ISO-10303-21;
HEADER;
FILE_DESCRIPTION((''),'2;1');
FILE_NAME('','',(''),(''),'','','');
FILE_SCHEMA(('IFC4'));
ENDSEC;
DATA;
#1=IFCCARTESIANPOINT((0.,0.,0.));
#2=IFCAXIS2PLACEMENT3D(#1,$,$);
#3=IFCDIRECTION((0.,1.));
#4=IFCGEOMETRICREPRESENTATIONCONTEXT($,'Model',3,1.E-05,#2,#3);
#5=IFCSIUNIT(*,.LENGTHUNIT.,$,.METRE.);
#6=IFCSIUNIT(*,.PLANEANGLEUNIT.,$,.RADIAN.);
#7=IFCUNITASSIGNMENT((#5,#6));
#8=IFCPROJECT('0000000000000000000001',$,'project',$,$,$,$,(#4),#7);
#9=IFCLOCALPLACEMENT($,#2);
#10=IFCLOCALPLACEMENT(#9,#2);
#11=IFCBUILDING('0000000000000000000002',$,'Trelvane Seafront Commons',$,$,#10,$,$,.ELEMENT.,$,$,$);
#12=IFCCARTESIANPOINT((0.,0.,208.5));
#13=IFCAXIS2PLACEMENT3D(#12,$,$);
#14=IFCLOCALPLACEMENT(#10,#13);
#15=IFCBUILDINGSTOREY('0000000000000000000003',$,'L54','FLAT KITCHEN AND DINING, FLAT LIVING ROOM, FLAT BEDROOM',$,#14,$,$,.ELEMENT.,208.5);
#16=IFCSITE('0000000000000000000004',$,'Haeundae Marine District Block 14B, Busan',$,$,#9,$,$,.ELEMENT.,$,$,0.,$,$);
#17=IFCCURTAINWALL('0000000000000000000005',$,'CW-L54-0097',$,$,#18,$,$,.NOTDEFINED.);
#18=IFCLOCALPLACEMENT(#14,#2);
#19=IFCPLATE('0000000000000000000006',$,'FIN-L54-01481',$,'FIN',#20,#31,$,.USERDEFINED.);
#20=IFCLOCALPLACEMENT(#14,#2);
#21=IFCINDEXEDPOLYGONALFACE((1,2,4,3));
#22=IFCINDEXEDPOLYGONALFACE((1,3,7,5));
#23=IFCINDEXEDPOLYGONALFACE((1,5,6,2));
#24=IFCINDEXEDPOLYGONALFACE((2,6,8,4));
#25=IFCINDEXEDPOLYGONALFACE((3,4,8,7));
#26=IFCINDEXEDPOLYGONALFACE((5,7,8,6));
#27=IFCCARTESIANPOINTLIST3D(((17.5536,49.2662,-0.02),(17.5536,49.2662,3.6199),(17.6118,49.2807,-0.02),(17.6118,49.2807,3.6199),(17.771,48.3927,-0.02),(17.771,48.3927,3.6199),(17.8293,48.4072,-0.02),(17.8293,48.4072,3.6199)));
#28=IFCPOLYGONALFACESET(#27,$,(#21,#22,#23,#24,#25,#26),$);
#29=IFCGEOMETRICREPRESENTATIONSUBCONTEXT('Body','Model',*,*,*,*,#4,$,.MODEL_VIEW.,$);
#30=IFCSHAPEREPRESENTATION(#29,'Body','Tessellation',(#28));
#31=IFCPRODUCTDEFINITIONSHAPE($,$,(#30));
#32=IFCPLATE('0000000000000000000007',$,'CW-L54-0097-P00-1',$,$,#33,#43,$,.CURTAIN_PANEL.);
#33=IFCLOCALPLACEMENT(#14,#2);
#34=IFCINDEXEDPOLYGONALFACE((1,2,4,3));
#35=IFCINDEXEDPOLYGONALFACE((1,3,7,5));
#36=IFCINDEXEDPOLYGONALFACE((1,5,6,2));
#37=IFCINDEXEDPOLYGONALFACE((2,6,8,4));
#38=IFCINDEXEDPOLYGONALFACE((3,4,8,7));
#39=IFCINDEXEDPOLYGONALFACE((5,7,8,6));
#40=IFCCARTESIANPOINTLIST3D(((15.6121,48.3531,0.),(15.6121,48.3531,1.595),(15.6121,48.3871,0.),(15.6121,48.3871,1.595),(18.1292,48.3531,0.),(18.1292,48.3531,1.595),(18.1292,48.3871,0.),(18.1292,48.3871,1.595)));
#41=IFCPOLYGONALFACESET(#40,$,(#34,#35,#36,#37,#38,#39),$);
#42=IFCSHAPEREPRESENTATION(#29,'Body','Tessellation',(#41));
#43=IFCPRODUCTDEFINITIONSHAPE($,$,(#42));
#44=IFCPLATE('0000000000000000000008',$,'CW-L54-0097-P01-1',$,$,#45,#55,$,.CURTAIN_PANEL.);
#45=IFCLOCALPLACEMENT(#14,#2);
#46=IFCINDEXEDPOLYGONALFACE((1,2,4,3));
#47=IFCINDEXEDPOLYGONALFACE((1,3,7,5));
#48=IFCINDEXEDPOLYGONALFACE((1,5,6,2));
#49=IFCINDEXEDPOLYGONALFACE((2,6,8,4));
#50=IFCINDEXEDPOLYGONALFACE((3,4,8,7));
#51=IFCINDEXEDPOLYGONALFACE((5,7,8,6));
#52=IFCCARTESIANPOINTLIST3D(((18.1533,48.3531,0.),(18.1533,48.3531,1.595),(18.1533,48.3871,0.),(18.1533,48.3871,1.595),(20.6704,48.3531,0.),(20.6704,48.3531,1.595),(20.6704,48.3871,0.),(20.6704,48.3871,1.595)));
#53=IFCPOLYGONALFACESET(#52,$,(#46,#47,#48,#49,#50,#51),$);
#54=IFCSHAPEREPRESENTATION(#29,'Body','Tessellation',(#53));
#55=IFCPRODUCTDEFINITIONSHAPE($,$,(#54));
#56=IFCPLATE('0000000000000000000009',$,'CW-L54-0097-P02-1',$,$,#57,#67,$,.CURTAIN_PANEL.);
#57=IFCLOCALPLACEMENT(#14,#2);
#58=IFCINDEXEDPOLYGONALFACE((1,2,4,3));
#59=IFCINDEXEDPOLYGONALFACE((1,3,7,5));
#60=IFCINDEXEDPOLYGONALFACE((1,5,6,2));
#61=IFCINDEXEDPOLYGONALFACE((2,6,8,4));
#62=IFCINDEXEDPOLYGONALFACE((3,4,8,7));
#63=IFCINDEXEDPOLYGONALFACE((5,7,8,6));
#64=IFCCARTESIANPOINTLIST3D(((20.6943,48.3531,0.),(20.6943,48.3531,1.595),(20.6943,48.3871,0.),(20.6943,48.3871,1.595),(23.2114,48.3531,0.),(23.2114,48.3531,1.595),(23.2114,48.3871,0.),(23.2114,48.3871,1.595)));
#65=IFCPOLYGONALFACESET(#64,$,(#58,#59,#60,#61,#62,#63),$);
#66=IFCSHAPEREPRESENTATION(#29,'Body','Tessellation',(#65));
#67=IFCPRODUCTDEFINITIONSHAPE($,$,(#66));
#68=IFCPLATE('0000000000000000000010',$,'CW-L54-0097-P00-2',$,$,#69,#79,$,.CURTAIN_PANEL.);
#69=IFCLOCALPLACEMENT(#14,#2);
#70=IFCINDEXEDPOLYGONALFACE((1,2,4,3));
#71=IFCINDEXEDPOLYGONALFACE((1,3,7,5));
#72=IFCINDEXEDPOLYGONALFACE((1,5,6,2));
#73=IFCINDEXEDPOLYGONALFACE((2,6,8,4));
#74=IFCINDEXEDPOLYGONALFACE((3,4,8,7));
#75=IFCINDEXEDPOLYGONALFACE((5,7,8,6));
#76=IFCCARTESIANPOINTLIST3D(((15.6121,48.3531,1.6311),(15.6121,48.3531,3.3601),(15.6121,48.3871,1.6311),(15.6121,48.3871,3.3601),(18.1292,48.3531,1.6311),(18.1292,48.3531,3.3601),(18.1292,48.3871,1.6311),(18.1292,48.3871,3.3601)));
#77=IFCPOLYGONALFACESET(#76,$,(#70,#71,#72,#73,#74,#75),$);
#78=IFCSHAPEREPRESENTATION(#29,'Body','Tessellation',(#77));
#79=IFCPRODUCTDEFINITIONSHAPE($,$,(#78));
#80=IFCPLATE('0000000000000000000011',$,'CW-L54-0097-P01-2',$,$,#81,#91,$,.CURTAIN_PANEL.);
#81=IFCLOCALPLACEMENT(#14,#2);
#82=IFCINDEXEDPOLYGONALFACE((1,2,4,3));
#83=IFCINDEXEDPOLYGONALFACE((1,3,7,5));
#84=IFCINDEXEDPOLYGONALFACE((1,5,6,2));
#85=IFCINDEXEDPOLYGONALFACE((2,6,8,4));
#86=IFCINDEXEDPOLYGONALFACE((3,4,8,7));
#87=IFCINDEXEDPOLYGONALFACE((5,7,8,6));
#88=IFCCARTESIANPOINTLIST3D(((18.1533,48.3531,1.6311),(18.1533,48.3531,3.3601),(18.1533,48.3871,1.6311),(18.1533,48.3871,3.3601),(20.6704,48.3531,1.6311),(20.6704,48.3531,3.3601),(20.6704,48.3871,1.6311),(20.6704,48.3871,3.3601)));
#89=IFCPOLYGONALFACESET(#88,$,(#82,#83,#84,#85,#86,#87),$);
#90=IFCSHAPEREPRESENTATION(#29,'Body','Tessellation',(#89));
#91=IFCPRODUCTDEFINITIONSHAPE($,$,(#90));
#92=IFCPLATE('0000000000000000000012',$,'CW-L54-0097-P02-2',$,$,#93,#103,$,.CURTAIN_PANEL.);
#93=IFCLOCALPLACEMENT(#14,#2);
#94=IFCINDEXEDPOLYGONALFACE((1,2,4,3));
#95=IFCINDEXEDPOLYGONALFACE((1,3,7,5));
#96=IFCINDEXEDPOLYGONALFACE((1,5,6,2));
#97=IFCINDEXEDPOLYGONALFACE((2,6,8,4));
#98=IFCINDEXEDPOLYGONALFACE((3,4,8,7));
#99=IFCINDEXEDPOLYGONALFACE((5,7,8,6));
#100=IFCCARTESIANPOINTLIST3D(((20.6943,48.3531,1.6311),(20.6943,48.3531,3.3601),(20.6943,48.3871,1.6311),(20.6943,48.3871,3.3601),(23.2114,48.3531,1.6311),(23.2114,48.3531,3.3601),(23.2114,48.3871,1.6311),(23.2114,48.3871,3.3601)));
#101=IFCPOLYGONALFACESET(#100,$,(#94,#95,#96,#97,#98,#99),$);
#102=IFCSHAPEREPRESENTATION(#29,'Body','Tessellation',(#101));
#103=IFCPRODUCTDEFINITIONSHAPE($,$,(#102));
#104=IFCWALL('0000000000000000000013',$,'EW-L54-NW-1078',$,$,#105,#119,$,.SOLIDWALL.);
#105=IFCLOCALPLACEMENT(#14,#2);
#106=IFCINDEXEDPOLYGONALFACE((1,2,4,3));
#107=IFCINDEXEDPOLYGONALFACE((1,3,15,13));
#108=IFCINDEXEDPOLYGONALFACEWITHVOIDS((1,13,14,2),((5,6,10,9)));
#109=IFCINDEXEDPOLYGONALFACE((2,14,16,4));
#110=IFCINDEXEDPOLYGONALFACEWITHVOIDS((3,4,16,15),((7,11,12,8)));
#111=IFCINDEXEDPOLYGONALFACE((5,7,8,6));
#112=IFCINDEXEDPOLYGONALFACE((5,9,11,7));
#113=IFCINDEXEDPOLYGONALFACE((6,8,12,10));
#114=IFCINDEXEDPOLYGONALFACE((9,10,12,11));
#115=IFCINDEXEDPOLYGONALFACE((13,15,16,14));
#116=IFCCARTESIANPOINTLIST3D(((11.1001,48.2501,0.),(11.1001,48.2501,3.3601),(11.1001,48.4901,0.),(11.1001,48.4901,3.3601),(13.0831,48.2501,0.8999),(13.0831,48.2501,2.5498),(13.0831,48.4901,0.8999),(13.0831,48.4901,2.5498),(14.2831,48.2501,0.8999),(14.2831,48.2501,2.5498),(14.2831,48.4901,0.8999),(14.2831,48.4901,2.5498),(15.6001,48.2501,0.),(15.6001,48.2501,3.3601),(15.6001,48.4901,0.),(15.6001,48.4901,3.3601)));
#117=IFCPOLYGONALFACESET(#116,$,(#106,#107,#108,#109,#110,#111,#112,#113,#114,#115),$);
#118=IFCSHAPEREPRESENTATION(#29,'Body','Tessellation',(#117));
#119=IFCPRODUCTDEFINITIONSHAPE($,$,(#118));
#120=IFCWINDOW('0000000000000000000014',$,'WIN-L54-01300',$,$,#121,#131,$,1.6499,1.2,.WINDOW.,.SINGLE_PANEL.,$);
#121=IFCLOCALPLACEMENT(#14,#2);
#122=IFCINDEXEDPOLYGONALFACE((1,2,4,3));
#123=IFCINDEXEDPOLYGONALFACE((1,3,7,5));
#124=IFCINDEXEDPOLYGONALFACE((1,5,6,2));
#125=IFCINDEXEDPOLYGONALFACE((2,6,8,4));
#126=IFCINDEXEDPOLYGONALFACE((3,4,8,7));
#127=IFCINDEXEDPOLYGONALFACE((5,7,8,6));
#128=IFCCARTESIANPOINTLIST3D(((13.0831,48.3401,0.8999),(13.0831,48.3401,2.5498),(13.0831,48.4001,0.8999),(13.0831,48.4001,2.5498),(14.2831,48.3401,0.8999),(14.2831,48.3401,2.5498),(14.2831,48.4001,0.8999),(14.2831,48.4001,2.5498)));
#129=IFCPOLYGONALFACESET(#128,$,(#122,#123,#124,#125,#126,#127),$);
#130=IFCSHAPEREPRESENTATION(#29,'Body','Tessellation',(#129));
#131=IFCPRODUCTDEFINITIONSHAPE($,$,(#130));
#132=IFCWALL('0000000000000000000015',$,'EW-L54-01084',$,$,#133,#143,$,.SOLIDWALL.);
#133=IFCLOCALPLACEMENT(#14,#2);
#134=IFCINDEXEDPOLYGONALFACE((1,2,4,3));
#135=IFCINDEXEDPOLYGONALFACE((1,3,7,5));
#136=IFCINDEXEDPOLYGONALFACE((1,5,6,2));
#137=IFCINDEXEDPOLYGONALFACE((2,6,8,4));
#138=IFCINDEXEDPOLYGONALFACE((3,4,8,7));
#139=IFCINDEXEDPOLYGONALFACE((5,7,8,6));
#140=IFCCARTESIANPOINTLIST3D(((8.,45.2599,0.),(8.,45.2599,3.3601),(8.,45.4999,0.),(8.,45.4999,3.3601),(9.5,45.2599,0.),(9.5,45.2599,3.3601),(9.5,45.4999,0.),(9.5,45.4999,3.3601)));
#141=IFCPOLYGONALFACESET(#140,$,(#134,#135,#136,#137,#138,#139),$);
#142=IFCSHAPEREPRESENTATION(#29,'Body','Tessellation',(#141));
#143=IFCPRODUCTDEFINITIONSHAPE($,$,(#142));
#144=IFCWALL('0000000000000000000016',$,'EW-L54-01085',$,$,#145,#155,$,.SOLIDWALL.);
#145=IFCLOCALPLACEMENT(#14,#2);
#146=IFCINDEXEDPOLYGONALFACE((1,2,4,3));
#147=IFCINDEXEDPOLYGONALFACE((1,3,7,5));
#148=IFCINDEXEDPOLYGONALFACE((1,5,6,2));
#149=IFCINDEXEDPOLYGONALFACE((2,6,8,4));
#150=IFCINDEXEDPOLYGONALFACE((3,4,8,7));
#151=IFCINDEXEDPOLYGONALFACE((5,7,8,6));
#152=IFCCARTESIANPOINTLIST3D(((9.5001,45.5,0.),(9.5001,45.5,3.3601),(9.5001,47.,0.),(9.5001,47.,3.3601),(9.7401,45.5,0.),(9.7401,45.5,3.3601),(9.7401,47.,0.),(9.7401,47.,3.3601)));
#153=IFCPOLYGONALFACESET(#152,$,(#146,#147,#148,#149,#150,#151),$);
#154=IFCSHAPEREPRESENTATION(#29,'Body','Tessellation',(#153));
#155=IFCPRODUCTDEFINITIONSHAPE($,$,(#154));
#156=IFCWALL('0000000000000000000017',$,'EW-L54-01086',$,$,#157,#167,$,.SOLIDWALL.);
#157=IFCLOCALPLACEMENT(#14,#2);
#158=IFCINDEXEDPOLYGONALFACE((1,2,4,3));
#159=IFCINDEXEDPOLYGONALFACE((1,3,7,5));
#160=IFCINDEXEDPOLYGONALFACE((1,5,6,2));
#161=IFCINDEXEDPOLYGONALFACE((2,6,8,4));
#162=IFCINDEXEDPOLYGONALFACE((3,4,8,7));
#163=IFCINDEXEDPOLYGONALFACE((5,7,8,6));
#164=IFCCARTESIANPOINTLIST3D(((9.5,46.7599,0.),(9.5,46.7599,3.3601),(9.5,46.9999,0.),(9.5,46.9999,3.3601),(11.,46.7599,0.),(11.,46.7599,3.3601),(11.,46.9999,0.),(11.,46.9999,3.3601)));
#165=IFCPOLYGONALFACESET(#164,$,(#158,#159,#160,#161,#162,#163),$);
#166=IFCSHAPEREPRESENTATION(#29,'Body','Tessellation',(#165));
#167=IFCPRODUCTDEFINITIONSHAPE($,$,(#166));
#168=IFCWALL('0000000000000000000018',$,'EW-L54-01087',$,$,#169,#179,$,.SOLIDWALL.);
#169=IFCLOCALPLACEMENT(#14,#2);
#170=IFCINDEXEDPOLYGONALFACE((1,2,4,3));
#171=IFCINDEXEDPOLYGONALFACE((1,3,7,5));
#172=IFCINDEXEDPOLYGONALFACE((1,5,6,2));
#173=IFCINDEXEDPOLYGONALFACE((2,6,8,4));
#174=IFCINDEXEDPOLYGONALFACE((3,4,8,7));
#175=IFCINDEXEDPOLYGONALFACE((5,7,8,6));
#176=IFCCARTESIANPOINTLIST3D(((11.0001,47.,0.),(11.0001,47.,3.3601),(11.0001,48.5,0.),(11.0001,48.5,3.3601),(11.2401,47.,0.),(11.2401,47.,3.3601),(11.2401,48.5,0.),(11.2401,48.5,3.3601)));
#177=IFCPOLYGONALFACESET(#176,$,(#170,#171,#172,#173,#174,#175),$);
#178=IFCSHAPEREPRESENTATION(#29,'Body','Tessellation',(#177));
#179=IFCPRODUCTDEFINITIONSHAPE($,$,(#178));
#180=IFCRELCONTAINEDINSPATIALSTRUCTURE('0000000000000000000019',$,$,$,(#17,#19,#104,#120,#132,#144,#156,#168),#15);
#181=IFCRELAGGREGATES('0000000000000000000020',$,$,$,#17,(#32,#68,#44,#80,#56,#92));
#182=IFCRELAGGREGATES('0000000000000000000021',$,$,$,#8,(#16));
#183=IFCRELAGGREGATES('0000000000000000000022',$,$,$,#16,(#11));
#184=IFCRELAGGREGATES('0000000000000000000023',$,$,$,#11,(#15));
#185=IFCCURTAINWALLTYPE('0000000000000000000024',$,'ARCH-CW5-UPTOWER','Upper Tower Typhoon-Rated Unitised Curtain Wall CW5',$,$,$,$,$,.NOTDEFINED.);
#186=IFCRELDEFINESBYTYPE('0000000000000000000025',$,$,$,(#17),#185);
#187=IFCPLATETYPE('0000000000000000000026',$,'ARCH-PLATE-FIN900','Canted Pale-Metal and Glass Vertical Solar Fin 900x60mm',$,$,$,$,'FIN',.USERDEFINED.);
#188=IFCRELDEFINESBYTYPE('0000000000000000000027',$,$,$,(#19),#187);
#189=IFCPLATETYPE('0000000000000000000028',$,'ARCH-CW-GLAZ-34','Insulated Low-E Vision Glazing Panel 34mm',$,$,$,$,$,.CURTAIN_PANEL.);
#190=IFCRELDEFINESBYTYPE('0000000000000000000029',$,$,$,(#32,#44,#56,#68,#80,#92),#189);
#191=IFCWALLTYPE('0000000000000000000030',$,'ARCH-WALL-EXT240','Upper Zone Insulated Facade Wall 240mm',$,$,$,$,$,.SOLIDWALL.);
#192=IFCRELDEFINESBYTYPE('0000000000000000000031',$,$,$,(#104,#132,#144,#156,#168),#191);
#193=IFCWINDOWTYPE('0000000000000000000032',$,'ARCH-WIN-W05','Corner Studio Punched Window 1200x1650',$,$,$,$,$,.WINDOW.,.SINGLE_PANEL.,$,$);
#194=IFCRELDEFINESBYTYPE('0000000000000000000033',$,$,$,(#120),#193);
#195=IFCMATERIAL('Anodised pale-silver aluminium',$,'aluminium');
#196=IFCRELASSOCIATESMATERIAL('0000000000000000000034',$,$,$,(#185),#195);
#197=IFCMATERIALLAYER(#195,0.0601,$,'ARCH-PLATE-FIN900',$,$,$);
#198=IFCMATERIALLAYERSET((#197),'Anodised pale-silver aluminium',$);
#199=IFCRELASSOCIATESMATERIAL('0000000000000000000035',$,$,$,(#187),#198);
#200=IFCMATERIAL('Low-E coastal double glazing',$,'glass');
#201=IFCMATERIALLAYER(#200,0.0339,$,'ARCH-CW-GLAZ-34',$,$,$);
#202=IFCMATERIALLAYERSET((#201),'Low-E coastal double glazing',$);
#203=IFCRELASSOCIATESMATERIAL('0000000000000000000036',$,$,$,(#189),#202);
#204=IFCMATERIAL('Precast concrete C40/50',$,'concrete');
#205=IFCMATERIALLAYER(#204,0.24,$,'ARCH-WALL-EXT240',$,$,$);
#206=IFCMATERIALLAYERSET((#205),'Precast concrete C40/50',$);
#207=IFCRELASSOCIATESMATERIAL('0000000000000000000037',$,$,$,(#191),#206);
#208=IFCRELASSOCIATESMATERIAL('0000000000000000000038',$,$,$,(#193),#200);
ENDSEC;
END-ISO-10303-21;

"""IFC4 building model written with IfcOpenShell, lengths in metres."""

from ifc_helpers import new_model, si_unit, direction, frame, frame_2d, origin, origin_2d, place, context, subcontext, project, spatial, rectangle, extrude, source, transform, mapped, material, layer, layer_set, type_object, element, fill, aggregate, save


model = new_model("IFC4")

# Units and contexts
model_context = context("Model", 3, precision=1e-05, world=origin(), true_north=direction((0.0, 1.0)))
body_context = subcontext(model_context, "Body", "Model", "MODEL_VIEW")
ifc_project = project(units=[si_unit("LENGTHUNIT", "METRE"), si_unit("PLANEANGLEUNIT", "RADIAN")], contexts=[model_context])

# Site, building, storey
site_placement = place(None, origin())
site = spatial("IfcSite", under=ifc_project, at=site_placement, Name="Haeundae Marine District Block 14B, Busan", CompositionType="ELEMENT", RefElevation=0.0)
building_placement = place(site_placement, origin())
building = spatial("IfcBuilding", under=site, at=building_placement, Name="Trelvane Seafront Commons", CompositionType="ELEMENT")
storey_placement = place(building_placement, frame((0.0, 0.0, 208.5)))
storey = spatial("IfcBuildingStorey", under=building, at=storey_placement, Name="L54", Description="FLAT KITCHEN AND DINING, FLAT LIVING ROOM, FLAT BEDROOM", CompositionType="ELEMENT", Elevation=208.5)

# Curtain wall
ifc_material_1 = material(Name="Anodised pale-silver aluminium", Category="aluminium")
curtain_wall_type = type_object("IfcCurtainWallType", Name="ARCH-CW5-UPTOWER", Description="Upper Tower Typhoon-Rated Unitised Curtain Wall CW5", PredefinedType="NOTDEFINED", material=ifc_material_1)
curtain_wall_placement = place(storey_placement, origin())
curtain_wall = element("IfcCurtainWall", 1, at=curtain_wall_placement, inside=storey, type_object=curtain_wall_type, Name="CW-L54-0097", PredefinedType="NOTDEFINED")

# Plate
ifc_layer_1 = layer(ifc_material_1, 0.0601, Name="ARCH-PLATE-FIN900")
ifc_layer_set_1 = layer_set([ifc_layer_1], Name="Anodised pale-silver aluminium")
plate_type_1 = type_object("IfcPlateType", Name="ARCH-PLATE-FIN900", Description="Canted Pale-Metal and Glass Vertical Solar Fin 900x60mm", ElementType="FIN", PredefinedType="USERDEFINED", material=ifc_layer_set_1)
shared_shape_1 = source(origin(), body_context, "Body", "SweptSolid", [
    extrude(rectangle(XDim=0.9001, YDim=0.0601, at=origin_2d()), origin(), (0.0, 0.0, 1.0), 3.6399),
])
plate_1_placement = place(storey_placement, frame((17.6914, 48.8367, -0.02), z_axis=(0.0, 0.0, 1.0), x_axis=(-0.241543, 0.97039, 0.0)))
element("IfcPlate", 2, at=plate_1_placement, inside=storey, type_object=plate_type_1, Name="FIN-L54-01481", ObjectType="FIN", PredefinedType="USERDEFINED", context=body_context, shape_type="MappedRepresentation", body=[
    mapped(shared_shape_1, transform((0.0, 0.0, 0.0), x_axis=(1.0, 0.0, 0.0), y_axis=(0.0, 1.0, 0.0), z_axis=(0.0, 0.0, 1.0), scale=1.0)),
])

# Plates
ifc_material_2 = material(Name="Low-E coastal double glazing", Category="glass")
ifc_layer_2 = layer(ifc_material_2, 0.0339, Name="ARCH-CW-GLAZ-34")
ifc_layer_set_2 = layer_set([ifc_layer_2], Name="Low-E coastal double glazing")
plate_type_2 = type_object("IfcPlateType", Name="ARCH-CW-GLAZ-34", Description="Insulated Low-E Vision Glazing Panel 34mm", PredefinedType="CURTAIN_PANEL", material=ifc_layer_set_2)
shared_shape_2 = source(origin(), body_context, "Body", "SweptSolid", [
    extrude(rectangle(XDim=2.5171, YDim=0.0339, at=origin_2d()), origin(), (0.0, 0.0, 1.0), 1.595),
])
plate_2_placement = place(storey_placement, frame((16.8706, 48.3701, 0.0), z_axis=(0.0, 0.0, 1.0), x_axis=(1.0, 0.0, 0.0)))
plate_2 = element("IfcPlate", 3, at=plate_2_placement, type_object=plate_type_2, Name="CW-L54-0097-P00-1", PredefinedType="CURTAIN_PANEL", context=body_context, shape_type="MappedRepresentation", body=[
    mapped(shared_shape_2, transform((0.0, 0.0, 0.0), x_axis=(1.0, 0.0, 0.0), y_axis=(0.0, 1.0, 0.0), z_axis=(0.0, 0.0, 1.0), scale=1.0)),
])
plate_3_placement = place(storey_placement, frame((19.4119, 48.3701, 0.0), z_axis=(0.0, 0.0, 1.0), x_axis=(1.0, 0.0, 0.0)))
plate_3 = element("IfcPlate", 4, at=plate_3_placement, type_object=plate_type_2, Name="CW-L54-0097-P01-1", PredefinedType="CURTAIN_PANEL", context=body_context, shape_type="MappedRepresentation", body=[
    mapped(shared_shape_2, transform((0.0, 0.0, 0.0), x_axis=(1.0, 0.0, 0.0), y_axis=(0.0, 1.0, 0.0), z_axis=(0.0, 0.0, 1.0), scale=1.0)),
])
plate_4_placement = place(storey_placement, frame((21.9529, 48.3701, 0.0), z_axis=(0.0, 0.0, 1.0), x_axis=(1.0, 0.0, 0.0)))
plate_4 = element("IfcPlate", 5, at=plate_4_placement, type_object=plate_type_2, Name="CW-L54-0097-P02-1", PredefinedType="CURTAIN_PANEL", context=body_context, shape_type="MappedRepresentation", body=[
    mapped(shared_shape_2, transform((0.0, 0.0, 0.0), x_axis=(1.0, 0.0, 0.0), y_axis=(0.0, 1.0, 0.0), z_axis=(0.0, 0.0, 1.0), scale=1.0)),
])
shared_shape_3 = source(origin(), body_context, "Body", "SweptSolid", [
    extrude(rectangle(XDim=2.5171, YDim=0.0339, at=origin_2d()), origin(), (0.0, 0.0, 1.0), 1.729),
])
plate_5_placement = place(storey_placement, frame((16.8706, 48.3701, 1.6311), z_axis=(0.0, 0.0, 1.0), x_axis=(1.0, 0.0, 0.0)))
plate_5 = element("IfcPlate", 6, at=plate_5_placement, type_object=plate_type_2, Name="CW-L54-0097-P00-2", PredefinedType="CURTAIN_PANEL", context=body_context, shape_type="MappedRepresentation", body=[
    mapped(shared_shape_3, transform((0.0, 0.0, 0.0), x_axis=(1.0, 0.0, 0.0), y_axis=(0.0, 1.0, 0.0), z_axis=(0.0, 0.0, 1.0), scale=1.0)),
])
plate_6_placement = place(storey_placement, frame((19.4119, 48.3701, 1.6311), z_axis=(0.0, 0.0, 1.0), x_axis=(1.0, 0.0, 0.0)))
plate_6 = element("IfcPlate", 7, at=plate_6_placement, type_object=plate_type_2, Name="CW-L54-0097-P01-2", PredefinedType="CURTAIN_PANEL", context=body_context, shape_type="MappedRepresentation", body=[
    mapped(shared_shape_3, transform((0.0, 0.0, 0.0), x_axis=(1.0, 0.0, 0.0), y_axis=(0.0, 1.0, 0.0), z_axis=(0.0, 0.0, 1.0), scale=1.0)),
])
plate_7_placement = place(storey_placement, frame((21.9529, 48.3701, 1.6311), z_axis=(0.0, 0.0, 1.0), x_axis=(1.0, 0.0, 0.0)))
plate_7 = element("IfcPlate", 8, at=plate_7_placement, type_object=plate_type_2, Name="CW-L54-0097-P02-2", PredefinedType="CURTAIN_PANEL", context=body_context, shape_type="MappedRepresentation", body=[
    mapped(shared_shape_3, transform((0.0, 0.0, 0.0), x_axis=(1.0, 0.0, 0.0), y_axis=(0.0, 1.0, 0.0), z_axis=(0.0, 0.0, 1.0), scale=1.0)),
])
aggregate(curtain_wall, [plate_2, plate_5, plate_3, plate_6, plate_4, plate_7])

# Wall, opening, window
ifc_material_3 = material(Name="Precast concrete C40/50", Category="concrete")
ifc_layer_3 = layer(ifc_material_3, 0.24, Name="ARCH-WALL-EXT240")
ifc_layer_set_3 = layer_set([ifc_layer_3], Name="Precast concrete C40/50")
wall_type = type_object("IfcWallType", Name="ARCH-WALL-EXT240", Description="Upper Zone Insulated Facade Wall 240mm", PredefinedType="SOLIDWALL", material=ifc_layer_set_3)
wall_placement = place(storey_placement, frame((11.1001, 48.3701, 0.0), z_axis=(0.0, 0.0, 1.0), x_axis=(1.0, 0.0, 0.0)))
wall = element("IfcWall", 9, at=wall_placement, inside=storey, type_object=wall_type, Name="EW-L54-NW-1078", PredefinedType="SOLIDWALL", context=body_context, shape_type="SweptSolid", body=[
    extrude(rectangle(XDim=4.5, YDim=0.24, at=frame_2d((2.25, 0.0))), origin(), (0.0, 0.0, 1.0), 3.3601),
])
opening_placement = place(wall_placement, frame((1.9829, 0.0, 0.8999)))
opening = element("IfcOpeningElement", 10, at=opening_placement, cuts=wall, PredefinedType="OPENING", context=body_context, shape_type="SweptSolid", body=[
    extrude(rectangle(XDim=1.2, YDim=1.6499, at=frame_2d((0.6001, 0.825))), frame((0.0, 0.1299, 0.0), z_axis=(0.0, -1.0, 0.0), x_axis=(1.0, 0.0, 0.0)), (0.0, 0.0, 1.0), 0.26),
])
window_type = type_object("IfcWindowType", Name="ARCH-WIN-W05", Description="Corner Studio Punched Window 1200x1650", PartitioningType="SINGLE_PANEL", PredefinedType="WINDOW", material=ifc_material_2)
shared_shape_4 = source(origin(), body_context, "Body", "SweptSolid", [
    extrude(rectangle(XDim=1.2, YDim=1.6499, at=frame_2d((0.6001, 0.825))), frame((0.0, 0.03, 0.0), z_axis=(0.0, -1.0, 0.0), x_axis=(1.0, 0.0, 0.0)), (0.0, 0.0, 1.0), 0.0601),
])
window_placement = place(opening_placement, origin())
window = element("IfcWindow", 11, at=window_placement, inside=storey, type_object=window_type, Name="WIN-L54-01300", OverallHeight=1.6499, OverallWidth=1.2, PartitioningType="SINGLE_PANEL", PredefinedType="WINDOW", context=body_context, shape_type="MappedRepresentation", body=[
    mapped(shared_shape_4, transform((0.0, 0.0, 0.0), x_axis=(1.0, 0.0, 0.0), y_axis=(0.0, 1.0, 0.0), z_axis=(0.0, 0.0, 1.0), scale=1.0)),
])
fill(opening, window)

# Walls
for number, where, z_axis, x_axis, name in (
    (12, (8.0, 45.3799, 0.0), (0.0, 0.0, 1.0), (1.0, 0.0, 0.0), "EW-L54-01084"),
    (13, (9.6201, 45.5, 0.0), (0.0, 0.0, 1.0), (0.0, 1.0, 0.0), "EW-L54-01085"),
    (14, (9.5, 46.8799, 0.0), (0.0, 0.0, 1.0), (1.0, 0.0, 0.0), "EW-L54-01086"),
    (15, (11.1201, 47.0, 0.0), (0.0, 0.0, 1.0), (0.0, 1.0, 0.0), "EW-L54-01087"),
):
    element("IfcWall", number, at=place(storey_placement, frame(where, z_axis=z_axis, x_axis=x_axis)), inside=storey, type_object=wall_type, Name=name, PredefinedType="SOLIDWALL", context=body_context, shape_type="SweptSolid", body=[
        extrude(rectangle(XDim=1.5, YDim=0.24, at=frame_2d((0.75, 0.0))), origin(), (0.0, 0.0, 1.0), 3.3601),
    ])

save(model, "model.ifc")
